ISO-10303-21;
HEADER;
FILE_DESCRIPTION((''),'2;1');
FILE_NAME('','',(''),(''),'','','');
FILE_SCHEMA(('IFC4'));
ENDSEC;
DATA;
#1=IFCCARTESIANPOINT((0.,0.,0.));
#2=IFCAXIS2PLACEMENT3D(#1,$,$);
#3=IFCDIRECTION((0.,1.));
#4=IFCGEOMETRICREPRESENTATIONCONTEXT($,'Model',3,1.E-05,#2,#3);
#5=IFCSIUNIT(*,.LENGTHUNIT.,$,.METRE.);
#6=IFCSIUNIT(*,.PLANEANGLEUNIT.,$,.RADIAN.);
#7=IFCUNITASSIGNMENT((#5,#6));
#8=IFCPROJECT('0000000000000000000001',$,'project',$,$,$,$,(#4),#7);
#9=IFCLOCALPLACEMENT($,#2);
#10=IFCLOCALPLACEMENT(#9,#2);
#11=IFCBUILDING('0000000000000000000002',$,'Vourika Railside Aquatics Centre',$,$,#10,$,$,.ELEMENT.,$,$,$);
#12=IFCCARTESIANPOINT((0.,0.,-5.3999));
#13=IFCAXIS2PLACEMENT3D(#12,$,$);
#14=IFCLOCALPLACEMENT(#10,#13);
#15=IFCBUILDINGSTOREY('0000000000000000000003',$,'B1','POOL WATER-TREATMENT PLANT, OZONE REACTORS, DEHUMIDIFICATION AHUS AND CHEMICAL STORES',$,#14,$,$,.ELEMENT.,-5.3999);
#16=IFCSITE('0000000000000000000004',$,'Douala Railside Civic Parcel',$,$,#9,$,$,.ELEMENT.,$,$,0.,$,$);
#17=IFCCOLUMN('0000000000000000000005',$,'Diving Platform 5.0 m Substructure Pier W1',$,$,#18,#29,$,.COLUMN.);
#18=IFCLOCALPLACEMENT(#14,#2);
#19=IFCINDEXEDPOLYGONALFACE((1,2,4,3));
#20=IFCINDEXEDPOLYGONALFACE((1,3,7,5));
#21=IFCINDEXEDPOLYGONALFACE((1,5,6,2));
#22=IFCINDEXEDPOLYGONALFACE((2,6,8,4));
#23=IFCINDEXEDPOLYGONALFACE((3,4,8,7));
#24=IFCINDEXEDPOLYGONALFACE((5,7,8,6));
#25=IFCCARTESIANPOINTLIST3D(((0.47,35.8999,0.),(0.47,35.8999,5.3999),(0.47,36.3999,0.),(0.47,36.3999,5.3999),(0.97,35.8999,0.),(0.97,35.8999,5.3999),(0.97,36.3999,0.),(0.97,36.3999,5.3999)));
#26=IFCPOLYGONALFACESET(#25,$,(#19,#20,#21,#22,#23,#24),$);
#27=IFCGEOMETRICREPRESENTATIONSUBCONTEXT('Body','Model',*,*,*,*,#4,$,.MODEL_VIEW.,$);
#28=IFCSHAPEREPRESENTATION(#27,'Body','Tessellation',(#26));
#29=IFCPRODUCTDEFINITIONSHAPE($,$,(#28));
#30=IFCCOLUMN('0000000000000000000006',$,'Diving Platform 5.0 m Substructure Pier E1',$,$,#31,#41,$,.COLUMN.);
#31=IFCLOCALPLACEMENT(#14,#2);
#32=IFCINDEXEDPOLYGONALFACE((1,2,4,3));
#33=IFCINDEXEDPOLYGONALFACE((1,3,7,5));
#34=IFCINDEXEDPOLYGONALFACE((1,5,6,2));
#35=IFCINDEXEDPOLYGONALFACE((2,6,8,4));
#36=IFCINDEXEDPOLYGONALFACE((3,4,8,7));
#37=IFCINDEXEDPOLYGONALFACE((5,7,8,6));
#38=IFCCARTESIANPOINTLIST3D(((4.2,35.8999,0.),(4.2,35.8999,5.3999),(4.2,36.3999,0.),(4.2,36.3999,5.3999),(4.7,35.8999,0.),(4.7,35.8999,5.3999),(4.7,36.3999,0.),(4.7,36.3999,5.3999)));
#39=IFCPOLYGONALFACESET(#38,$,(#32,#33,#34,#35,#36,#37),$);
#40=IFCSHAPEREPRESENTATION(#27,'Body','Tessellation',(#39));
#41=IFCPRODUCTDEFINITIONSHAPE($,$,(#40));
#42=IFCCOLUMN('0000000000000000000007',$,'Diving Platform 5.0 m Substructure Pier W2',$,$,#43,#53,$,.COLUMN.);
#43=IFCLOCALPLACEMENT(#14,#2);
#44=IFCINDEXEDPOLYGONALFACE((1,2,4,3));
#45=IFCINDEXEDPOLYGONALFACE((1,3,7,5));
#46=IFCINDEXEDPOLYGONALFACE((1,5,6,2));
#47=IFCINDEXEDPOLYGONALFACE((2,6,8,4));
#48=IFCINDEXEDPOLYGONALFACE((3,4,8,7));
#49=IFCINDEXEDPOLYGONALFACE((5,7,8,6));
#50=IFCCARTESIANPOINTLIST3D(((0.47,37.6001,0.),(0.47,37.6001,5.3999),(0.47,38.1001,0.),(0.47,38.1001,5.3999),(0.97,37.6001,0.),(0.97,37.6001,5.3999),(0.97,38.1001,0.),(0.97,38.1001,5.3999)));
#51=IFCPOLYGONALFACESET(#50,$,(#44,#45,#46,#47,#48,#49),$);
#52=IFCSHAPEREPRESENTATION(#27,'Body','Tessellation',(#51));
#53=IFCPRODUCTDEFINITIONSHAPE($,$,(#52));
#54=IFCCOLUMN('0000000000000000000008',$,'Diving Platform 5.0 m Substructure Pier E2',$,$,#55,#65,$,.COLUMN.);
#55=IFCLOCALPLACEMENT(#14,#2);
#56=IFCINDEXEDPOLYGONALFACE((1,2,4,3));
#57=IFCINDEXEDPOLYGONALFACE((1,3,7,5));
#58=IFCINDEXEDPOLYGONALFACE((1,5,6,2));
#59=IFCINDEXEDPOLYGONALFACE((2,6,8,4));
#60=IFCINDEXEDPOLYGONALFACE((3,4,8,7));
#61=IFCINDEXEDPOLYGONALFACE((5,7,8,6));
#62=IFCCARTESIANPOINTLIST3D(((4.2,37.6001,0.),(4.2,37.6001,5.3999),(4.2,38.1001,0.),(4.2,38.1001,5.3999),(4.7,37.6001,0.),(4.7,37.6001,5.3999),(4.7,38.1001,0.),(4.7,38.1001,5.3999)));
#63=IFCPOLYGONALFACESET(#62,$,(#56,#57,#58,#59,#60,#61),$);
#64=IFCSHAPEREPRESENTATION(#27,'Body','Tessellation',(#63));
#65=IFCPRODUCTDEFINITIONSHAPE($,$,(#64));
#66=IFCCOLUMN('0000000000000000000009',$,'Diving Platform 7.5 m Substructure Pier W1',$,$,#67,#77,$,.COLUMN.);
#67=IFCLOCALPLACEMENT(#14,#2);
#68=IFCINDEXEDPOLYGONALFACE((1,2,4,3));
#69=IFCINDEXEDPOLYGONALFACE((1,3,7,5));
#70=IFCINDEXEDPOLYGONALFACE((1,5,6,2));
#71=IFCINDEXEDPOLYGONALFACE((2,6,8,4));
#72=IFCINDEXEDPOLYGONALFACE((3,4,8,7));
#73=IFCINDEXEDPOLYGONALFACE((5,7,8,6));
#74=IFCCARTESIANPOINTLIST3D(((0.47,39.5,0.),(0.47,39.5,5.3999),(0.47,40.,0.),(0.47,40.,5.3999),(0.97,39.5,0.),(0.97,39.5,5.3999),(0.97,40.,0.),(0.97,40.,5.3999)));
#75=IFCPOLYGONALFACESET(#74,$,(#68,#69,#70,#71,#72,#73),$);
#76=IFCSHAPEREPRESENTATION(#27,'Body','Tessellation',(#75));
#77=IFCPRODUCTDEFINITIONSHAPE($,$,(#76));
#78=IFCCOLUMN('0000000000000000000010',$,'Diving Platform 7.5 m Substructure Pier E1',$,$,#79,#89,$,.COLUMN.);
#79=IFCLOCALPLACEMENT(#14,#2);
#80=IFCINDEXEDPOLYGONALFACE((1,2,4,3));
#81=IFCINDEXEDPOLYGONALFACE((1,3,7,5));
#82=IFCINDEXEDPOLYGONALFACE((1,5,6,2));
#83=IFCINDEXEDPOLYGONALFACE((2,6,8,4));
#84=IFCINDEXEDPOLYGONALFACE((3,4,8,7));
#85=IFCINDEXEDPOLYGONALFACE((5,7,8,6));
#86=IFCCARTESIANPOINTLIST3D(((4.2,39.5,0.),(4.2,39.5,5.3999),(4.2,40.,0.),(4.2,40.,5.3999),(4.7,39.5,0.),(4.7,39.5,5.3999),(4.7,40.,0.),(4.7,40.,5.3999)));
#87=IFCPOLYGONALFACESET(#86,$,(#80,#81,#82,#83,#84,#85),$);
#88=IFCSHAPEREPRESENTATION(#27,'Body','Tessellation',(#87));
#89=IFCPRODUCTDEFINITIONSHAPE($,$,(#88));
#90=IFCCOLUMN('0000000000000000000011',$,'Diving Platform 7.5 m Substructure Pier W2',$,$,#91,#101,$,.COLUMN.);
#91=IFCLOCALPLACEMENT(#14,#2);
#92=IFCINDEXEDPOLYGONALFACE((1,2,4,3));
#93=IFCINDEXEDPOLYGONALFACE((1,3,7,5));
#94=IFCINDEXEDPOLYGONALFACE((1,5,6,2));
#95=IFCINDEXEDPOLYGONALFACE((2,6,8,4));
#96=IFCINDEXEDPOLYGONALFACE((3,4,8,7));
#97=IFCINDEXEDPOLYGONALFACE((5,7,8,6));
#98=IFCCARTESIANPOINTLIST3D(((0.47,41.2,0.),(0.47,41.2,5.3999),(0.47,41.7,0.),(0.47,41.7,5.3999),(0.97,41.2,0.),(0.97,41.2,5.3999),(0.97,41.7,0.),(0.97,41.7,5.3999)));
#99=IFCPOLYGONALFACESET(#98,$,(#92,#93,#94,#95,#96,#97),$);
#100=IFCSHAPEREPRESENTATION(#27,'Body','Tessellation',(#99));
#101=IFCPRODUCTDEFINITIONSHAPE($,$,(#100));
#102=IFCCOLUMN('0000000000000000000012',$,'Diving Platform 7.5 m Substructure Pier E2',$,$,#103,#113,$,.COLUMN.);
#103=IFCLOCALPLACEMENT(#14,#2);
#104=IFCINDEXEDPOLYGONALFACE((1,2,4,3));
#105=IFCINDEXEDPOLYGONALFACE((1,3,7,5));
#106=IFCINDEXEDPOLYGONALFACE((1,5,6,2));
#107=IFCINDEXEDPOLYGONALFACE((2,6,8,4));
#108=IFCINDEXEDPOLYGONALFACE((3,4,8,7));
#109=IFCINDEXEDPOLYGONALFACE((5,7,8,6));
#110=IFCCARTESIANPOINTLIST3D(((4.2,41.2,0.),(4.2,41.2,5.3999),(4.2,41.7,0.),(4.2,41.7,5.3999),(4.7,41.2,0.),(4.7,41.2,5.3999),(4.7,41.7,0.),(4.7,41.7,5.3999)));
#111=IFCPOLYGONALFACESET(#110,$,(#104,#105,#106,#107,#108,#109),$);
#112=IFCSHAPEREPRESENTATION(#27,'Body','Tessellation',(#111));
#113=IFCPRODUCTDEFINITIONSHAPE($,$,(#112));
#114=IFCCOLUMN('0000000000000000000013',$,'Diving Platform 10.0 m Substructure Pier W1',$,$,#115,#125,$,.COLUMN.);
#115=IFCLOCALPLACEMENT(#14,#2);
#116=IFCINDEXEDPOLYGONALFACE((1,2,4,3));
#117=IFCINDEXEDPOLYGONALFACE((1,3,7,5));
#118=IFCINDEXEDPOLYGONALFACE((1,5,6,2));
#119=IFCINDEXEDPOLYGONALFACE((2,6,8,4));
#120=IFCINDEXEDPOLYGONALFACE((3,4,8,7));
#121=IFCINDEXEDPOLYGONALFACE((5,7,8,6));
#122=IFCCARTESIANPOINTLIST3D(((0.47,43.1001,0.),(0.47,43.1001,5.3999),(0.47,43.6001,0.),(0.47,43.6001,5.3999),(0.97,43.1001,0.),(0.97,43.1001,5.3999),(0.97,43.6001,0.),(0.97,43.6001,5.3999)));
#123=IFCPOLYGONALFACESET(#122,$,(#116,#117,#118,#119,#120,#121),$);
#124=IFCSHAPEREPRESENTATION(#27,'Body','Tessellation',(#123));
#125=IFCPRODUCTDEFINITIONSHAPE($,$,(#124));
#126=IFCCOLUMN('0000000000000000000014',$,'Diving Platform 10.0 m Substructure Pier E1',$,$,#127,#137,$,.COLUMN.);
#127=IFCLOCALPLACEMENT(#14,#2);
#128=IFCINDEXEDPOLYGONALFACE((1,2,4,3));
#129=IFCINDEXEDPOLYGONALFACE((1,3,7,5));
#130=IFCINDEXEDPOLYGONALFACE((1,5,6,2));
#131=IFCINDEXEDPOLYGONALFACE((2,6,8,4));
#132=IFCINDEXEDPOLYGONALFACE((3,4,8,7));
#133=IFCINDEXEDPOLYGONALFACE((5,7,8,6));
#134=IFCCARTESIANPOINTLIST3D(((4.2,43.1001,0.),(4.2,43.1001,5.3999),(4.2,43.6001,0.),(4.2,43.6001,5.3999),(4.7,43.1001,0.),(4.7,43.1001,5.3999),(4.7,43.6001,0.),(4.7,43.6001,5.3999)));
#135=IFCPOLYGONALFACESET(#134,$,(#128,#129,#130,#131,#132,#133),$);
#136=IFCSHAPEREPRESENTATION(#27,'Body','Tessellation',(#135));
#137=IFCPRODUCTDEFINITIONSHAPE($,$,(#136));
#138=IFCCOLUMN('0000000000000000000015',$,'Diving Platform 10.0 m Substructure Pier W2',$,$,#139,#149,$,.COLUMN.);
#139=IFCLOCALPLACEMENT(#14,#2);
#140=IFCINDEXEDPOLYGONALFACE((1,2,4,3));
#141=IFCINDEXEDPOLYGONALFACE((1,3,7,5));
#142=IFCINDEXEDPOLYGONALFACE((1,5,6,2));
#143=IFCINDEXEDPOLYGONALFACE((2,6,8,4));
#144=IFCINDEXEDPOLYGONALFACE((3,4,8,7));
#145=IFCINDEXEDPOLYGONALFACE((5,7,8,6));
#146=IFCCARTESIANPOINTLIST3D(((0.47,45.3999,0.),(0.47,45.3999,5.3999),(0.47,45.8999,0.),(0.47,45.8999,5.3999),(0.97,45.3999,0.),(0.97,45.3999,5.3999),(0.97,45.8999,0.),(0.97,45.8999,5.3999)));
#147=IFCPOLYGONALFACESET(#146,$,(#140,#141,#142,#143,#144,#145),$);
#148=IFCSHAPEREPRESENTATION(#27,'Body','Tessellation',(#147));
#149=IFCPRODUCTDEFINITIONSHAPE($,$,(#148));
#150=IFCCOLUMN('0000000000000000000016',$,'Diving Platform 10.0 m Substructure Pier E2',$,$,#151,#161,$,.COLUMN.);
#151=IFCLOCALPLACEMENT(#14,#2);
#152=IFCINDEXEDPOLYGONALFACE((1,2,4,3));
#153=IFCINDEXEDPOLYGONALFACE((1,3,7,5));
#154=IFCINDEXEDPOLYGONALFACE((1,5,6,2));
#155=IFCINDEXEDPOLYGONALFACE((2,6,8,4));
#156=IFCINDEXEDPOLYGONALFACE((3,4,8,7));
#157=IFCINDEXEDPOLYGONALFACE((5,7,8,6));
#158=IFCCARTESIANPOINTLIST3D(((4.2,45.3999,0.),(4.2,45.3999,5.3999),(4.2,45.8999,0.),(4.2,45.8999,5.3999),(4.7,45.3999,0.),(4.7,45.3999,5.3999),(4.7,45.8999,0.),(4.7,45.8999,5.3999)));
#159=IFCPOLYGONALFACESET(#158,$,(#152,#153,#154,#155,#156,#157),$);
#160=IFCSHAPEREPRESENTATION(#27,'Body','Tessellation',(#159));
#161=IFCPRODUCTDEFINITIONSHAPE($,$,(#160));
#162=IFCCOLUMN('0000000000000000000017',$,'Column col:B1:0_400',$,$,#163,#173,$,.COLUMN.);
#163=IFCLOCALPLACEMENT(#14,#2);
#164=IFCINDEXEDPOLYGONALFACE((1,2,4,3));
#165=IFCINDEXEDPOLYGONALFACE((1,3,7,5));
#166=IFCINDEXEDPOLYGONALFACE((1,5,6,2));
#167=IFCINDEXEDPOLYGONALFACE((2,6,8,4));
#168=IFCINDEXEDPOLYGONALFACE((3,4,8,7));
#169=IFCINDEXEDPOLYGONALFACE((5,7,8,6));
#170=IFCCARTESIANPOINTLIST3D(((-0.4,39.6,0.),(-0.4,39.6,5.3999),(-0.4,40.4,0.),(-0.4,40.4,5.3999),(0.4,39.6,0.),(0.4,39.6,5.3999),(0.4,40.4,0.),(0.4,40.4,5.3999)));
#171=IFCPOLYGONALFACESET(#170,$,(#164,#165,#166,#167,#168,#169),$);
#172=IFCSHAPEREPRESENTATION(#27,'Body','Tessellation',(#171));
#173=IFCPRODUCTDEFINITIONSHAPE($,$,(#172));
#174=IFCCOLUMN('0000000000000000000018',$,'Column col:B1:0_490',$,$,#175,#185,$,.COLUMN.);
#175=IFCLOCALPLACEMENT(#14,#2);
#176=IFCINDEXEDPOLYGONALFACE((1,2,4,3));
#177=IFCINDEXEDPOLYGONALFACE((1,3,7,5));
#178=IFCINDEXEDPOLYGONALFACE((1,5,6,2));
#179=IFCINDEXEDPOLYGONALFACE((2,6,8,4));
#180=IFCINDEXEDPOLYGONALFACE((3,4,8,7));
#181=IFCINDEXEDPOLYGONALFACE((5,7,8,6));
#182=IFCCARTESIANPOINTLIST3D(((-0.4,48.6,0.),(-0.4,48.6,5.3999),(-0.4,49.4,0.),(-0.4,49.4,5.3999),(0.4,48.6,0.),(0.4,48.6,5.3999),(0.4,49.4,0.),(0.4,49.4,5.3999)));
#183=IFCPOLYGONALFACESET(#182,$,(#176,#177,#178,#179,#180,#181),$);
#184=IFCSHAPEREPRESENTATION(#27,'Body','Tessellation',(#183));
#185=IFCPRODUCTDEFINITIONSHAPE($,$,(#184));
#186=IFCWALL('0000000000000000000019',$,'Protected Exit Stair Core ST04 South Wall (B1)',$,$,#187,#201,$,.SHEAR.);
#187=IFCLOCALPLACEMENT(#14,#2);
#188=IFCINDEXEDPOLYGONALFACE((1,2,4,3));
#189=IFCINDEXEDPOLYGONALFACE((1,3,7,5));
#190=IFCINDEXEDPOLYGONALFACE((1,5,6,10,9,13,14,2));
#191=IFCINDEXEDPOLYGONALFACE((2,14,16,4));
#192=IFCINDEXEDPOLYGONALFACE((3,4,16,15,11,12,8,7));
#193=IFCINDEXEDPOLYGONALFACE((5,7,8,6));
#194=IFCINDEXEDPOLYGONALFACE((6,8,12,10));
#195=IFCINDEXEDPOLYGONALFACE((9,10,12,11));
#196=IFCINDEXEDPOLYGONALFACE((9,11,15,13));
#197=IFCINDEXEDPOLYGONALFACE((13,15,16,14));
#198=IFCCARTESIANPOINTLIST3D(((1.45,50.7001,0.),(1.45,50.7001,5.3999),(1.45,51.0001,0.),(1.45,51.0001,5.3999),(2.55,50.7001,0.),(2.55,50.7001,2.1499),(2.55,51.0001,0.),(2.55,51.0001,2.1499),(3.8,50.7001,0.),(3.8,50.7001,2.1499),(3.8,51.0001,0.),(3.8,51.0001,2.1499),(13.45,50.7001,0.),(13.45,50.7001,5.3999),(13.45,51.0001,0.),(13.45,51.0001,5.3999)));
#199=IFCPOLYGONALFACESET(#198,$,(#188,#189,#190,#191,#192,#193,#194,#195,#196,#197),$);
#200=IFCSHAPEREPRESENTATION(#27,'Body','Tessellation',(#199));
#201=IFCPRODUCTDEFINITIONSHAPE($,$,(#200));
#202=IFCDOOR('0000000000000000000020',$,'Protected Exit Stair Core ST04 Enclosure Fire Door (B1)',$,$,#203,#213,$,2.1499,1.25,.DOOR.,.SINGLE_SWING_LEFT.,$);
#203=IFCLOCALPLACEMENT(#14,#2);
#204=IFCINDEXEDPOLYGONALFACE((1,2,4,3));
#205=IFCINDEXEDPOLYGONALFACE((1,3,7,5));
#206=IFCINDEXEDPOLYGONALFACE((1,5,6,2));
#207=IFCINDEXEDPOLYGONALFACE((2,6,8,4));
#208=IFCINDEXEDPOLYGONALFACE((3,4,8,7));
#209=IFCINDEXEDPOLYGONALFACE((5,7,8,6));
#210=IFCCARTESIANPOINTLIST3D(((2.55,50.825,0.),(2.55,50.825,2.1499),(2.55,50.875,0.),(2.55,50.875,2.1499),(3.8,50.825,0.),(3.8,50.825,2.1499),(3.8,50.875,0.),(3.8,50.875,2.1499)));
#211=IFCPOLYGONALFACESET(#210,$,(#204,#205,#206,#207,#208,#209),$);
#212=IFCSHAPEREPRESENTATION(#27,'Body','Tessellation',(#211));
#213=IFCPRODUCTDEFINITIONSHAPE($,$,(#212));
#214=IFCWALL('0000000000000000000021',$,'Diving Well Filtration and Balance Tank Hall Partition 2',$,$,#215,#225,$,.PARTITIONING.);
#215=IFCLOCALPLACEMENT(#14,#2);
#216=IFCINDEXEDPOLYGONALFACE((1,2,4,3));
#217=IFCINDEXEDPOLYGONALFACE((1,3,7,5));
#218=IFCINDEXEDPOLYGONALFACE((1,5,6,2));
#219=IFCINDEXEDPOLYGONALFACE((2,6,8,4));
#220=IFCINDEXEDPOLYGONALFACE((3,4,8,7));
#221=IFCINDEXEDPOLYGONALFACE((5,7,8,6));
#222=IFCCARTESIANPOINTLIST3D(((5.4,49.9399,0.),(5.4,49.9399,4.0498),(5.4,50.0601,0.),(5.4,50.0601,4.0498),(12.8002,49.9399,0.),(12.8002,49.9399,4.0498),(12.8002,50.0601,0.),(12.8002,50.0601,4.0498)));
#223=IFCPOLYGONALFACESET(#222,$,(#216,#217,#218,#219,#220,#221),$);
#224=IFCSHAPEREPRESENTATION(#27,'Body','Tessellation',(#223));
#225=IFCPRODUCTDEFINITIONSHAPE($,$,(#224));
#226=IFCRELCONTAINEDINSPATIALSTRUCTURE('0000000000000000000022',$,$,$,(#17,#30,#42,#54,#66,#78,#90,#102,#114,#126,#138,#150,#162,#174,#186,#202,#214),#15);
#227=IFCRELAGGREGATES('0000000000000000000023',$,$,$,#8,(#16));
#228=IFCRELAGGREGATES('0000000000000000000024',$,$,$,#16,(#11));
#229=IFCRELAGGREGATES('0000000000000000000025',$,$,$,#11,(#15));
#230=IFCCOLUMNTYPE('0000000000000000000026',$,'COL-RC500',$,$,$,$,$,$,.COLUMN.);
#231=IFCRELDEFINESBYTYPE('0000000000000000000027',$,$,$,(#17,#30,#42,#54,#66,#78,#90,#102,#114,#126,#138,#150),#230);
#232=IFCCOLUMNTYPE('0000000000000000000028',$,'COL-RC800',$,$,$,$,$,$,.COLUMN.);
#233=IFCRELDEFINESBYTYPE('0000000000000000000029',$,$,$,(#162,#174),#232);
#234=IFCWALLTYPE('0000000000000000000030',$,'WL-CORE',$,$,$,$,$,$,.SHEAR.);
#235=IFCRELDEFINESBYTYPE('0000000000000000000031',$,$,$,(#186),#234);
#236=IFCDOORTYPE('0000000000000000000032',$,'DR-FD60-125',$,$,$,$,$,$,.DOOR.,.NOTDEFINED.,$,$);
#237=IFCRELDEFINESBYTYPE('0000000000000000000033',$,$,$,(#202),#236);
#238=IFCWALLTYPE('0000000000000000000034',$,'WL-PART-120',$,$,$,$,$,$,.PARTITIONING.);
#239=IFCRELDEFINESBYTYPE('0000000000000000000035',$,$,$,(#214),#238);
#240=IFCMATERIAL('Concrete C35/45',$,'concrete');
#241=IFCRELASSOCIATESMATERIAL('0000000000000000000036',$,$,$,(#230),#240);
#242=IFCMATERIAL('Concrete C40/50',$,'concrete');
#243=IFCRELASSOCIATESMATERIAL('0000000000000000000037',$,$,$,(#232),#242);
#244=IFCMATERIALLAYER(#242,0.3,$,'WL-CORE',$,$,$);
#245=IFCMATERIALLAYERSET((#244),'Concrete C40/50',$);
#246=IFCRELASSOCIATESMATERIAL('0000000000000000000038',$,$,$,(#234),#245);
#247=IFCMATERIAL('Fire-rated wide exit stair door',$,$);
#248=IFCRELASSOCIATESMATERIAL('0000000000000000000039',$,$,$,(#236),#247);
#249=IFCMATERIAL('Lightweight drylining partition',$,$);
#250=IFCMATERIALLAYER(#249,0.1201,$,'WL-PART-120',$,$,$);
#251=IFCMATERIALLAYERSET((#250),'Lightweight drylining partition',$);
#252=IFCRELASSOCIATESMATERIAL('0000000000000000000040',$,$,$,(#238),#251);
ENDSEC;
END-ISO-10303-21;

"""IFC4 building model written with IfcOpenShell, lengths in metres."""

from ifc_helpers import new_model, si_unit, direction, frame, frame_2d, origin, origin_2d, place, context, subcontext, project, spatial, rectangle, extrude, material, layer, layer_set, material_profile, profile_set, type_object, element, fill, save


model = new_model("IFC4")

# Units and contexts
model_context = context("Model", 3, precision=1e-05, world=origin(), true_north=direction((0.0, 1.0)))
body_context = subcontext(model_context, "Body", "Model", "MODEL_VIEW")
ifc_project = project(units=[si_unit("LENGTHUNIT", "METRE"), si_unit("PLANEANGLEUNIT", "RADIAN")], contexts=[model_context])

# Site, building, storey
site_placement = place(None, origin())
site = spatial("IfcSite", under=ifc_project, at=site_placement, Name="Douala Railside Civic Parcel", CompositionType="ELEMENT", RefElevation=0.0)
building_placement = place(site_placement, origin())
building = spatial("IfcBuilding", under=site, at=building_placement, Name="Vourika Railside Aquatics Centre", CompositionType="ELEMENT")
storey_placement = place(building_placement, frame((0.0, 0.0, -5.3999)))
storey = spatial("IfcBuildingStorey", under=building, at=storey_placement, Name="B1", Description="POOL WATER-TREATMENT PLANT, OZONE REACTORS, DEHUMIDIFICATION AHUS AND CHEMICAL STORES", CompositionType="ELEMENT", Elevation=-5.3999)

# Shared definitions
ifc_material_1 = material(Name="Concrete C40/50", Category="concrete")

# Columns
ifc_material_2 = material(Name="Concrete C35/45", Category="concrete")
ifc_material_profile_1 = material_profile(ifc_material_2, rectangle(XDim=0.5, YDim=0.5, at=origin_2d()), Name="RC 500x500")
ifc_profile_set_1 = profile_set([ifc_material_profile_1], Name="Concrete C35/45")
column_type_1 = type_object("IfcColumnType", Name="COL-RC500", PredefinedType="COLUMN", material=ifc_profile_set_1)
for number, where, z_axis, x_axis, name in (
    (1, (0.72, 36.1499, 0.0), (0.0, 0.0, 1.0), (1.0, 0.0, 0.0), "Diving Platform 5.0 m Substructure Pier W1"),
    (2, (4.45, 36.1499, 0.0), (0.0, 0.0, 1.0), (1.0, 0.0, 0.0), "Diving Platform 5.0 m Substructure Pier E1"),
    (3, (0.72, 37.8501, 0.0), (0.0, 0.0, 1.0), (1.0, 0.0, 0.0), "Diving Platform 5.0 m Substructure Pier W2"),
    (4, (4.45, 37.8501, 0.0), (0.0, 0.0, 1.0), (1.0, 0.0, 0.0), "Diving Platform 5.0 m Substructure Pier E2"),
    (5, (0.72, 39.75, 0.0), (0.0, 0.0, 1.0), (1.0, 0.0, 0.0), "Diving Platform 7.5 m Substructure Pier W1"),
    (6, (4.45, 39.75, 0.0), (0.0, 0.0, 1.0), (1.0, 0.0, 0.0), "Diving Platform 7.5 m Substructure Pier E1"),
    (7, (0.72, 41.45, 0.0), (0.0, 0.0, 1.0), (1.0, 0.0, 0.0), "Diving Platform 7.5 m Substructure Pier W2"),
    (8, (4.45, 41.45, 0.0), (0.0, 0.0, 1.0), (1.0, 0.0, 0.0), "Diving Platform 7.5 m Substructure Pier E2"),
    (9, (0.72, 43.3501, 0.0), (0.0, 0.0, 1.0), (1.0, 0.0, 0.0), "Diving Platform 10.0 m Substructure Pier W1"),
    (10, (4.45, 43.3501, 0.0), (0.0, 0.0, 1.0), (1.0, 0.0, 0.0), "Diving Platform 10.0 m Substructure Pier E1"),
    (11, (0.72, 45.6499, 0.0), (0.0, 0.0, 1.0), (1.0, 0.0, 0.0), "Diving Platform 10.0 m Substructure Pier W2"),
    (12, (4.45, 45.6499, 0.0), (0.0, 0.0, 1.0), (1.0, 0.0, 0.0), "Diving Platform 10.0 m Substructure Pier E2"),
):
    element("IfcColumn", number, at=place(storey_placement, frame(where, z_axis=z_axis, x_axis=x_axis)), inside=storey, type_object=column_type_1, Name=name, PredefinedType="COLUMN", context=body_context, shape_type="SweptSolid", body=[
        extrude(rectangle(XDim=0.5, YDim=0.5, at=origin_2d()), origin(), (0.0, 0.0, 1.0), 5.3999),
    ])
ifc_material_profile_2 = material_profile(ifc_material_1, rectangle(XDim=0.8, YDim=0.8, at=origin_2d()), Name="RC 800x800")
ifc_profile_set_2 = profile_set([ifc_material_profile_2], Name="Concrete C40/50")
column_type_2 = type_object("IfcColumnType", Name="COL-RC800", PredefinedType="COLUMN", material=ifc_profile_set_2)
for number, where, z_axis, x_axis, name in (
    (13, (0.0, 40.0, 0.0), (0.0, 0.0, 1.0), (1.0, 0.0, 0.0), "Column col:B1:0_400"),
    (14, (0.0, 49.0, 0.0), (0.0, 0.0, 1.0), (1.0, 0.0, 0.0), "Column col:B1:0_490"),
):
    element("IfcColumn", number, at=place(storey_placement, frame(where, z_axis=z_axis, x_axis=x_axis)), inside=storey, type_object=column_type_2, Name=name, PredefinedType="COLUMN", context=body_context, shape_type="SweptSolid", body=[
        extrude(rectangle(XDim=0.8, YDim=0.8, at=origin_2d()), origin(), (0.0, 0.0, 1.0), 5.3999),
    ])

# Wall, opening, door
ifc_layer_1 = layer(ifc_material_1, 0.3, Name="WL-CORE")
ifc_layer_set_1 = layer_set([ifc_layer_1], Name="Concrete C40/50")
wall_type_1 = type_object("IfcWallType", Name="WL-CORE", PredefinedType="SHEAR", material=ifc_layer_set_1)
wall_1_placement = place(storey_placement, frame((1.45, 50.8501, 0.0), z_axis=(0.0, 0.0, 1.0), x_axis=(1.0, 0.0, 0.0)))
wall_1 = element("IfcWall", 15, at=wall_1_placement, inside=storey, type_object=wall_type_1, Name="Protected Exit Stair Core ST04 South Wall (B1)", PredefinedType="SHEAR", context=body_context, shape_type="SweptSolid", body=[
    extrude(rectangle(XDim=12.0, YDim=0.3, at=frame_2d((6.0, 0.0))), origin(), (0.0, 0.0, 1.0), 5.3999),
])
opening_1_placement = place(wall_1_placement, frame((1.1001, 0.0, 0.0)))
opening_1 = element("IfcOpeningElement", 16, at=opening_1_placement, cuts=wall_1, PredefinedType="OPENING", context=body_context, shape_type="SweptSolid", body=[
    extrude(rectangle(XDim=1.25, YDim=2.1499, at=frame_2d((0.625, 1.075))), frame((0.0, 0.1602, 0.0), z_axis=(0.0, -1.0, 0.0), x_axis=(1.0, 0.0, 0.0)), (0.0, 0.0, 1.0), 0.3201),
])
ifc_material_3 = material(Name="Fire-rated wide exit stair door")
door_type_1 = type_object("IfcDoorType", Name="DR-FD60-125", OperationType="NOTDEFINED", PredefinedType="DOOR", material=ifc_material_3)
door_1_placement = place(opening_1_placement, origin())
door_1 = element("IfcDoor", 17, at=door_1_placement, inside=storey, type_object=door_type_1, Name="Protected Exit Stair Core ST04 Enclosure Fire Door (B1)", OperationType="SINGLE_SWING_LEFT", OverallHeight=2.1499, OverallWidth=1.25, PredefinedType="DOOR", context=body_context, shape_type="SweptSolid", body=[
    extrude(rectangle(XDim=1.25, YDim=2.1499, at=frame_2d((0.625, 1.075))), frame((0.0, 0.0249, 0.0), z_axis=(0.0, -1.0, 0.0), x_axis=(1.0, 0.0, 0.0)), (0.0, 0.0, 1.0), 0.05),
])
fill(opening_1, door_1)

# Wall
ifc_material_4 = material(Name="Lightweight drylining partition")
ifc_layer_2 = layer(ifc_material_4, 0.1201, Name="WL-PART-120")
ifc_layer_set_2 = layer_set([ifc_layer_2], Name="Lightweight drylining partition")
wall_type_2 = type_object("IfcWallType", Name="WL-PART-120", PredefinedType="PARTITIONING", material=ifc_layer_set_2)
wall_2_placement = place(storey_placement, frame((5.3999, 50.0, 0.0), z_axis=(0.0, 0.0, 1.0), x_axis=(1.0, 0.0, 0.0)))
element("IfcWall", 18, at=wall_2_placement, inside=storey, type_object=wall_type_2, Name="Diving Well Filtration and Balance Tank Hall Partition 2", PredefinedType="PARTITIONING", context=body_context, shape_type="SweptSolid", body=[
    extrude(rectangle(XDim=7.4001, YDim=0.1201, at=frame_2d((3.7002, 0.0))), origin(), (0.0, 0.0, 1.0), 4.0498),
])

save(model, "model.ifc")
